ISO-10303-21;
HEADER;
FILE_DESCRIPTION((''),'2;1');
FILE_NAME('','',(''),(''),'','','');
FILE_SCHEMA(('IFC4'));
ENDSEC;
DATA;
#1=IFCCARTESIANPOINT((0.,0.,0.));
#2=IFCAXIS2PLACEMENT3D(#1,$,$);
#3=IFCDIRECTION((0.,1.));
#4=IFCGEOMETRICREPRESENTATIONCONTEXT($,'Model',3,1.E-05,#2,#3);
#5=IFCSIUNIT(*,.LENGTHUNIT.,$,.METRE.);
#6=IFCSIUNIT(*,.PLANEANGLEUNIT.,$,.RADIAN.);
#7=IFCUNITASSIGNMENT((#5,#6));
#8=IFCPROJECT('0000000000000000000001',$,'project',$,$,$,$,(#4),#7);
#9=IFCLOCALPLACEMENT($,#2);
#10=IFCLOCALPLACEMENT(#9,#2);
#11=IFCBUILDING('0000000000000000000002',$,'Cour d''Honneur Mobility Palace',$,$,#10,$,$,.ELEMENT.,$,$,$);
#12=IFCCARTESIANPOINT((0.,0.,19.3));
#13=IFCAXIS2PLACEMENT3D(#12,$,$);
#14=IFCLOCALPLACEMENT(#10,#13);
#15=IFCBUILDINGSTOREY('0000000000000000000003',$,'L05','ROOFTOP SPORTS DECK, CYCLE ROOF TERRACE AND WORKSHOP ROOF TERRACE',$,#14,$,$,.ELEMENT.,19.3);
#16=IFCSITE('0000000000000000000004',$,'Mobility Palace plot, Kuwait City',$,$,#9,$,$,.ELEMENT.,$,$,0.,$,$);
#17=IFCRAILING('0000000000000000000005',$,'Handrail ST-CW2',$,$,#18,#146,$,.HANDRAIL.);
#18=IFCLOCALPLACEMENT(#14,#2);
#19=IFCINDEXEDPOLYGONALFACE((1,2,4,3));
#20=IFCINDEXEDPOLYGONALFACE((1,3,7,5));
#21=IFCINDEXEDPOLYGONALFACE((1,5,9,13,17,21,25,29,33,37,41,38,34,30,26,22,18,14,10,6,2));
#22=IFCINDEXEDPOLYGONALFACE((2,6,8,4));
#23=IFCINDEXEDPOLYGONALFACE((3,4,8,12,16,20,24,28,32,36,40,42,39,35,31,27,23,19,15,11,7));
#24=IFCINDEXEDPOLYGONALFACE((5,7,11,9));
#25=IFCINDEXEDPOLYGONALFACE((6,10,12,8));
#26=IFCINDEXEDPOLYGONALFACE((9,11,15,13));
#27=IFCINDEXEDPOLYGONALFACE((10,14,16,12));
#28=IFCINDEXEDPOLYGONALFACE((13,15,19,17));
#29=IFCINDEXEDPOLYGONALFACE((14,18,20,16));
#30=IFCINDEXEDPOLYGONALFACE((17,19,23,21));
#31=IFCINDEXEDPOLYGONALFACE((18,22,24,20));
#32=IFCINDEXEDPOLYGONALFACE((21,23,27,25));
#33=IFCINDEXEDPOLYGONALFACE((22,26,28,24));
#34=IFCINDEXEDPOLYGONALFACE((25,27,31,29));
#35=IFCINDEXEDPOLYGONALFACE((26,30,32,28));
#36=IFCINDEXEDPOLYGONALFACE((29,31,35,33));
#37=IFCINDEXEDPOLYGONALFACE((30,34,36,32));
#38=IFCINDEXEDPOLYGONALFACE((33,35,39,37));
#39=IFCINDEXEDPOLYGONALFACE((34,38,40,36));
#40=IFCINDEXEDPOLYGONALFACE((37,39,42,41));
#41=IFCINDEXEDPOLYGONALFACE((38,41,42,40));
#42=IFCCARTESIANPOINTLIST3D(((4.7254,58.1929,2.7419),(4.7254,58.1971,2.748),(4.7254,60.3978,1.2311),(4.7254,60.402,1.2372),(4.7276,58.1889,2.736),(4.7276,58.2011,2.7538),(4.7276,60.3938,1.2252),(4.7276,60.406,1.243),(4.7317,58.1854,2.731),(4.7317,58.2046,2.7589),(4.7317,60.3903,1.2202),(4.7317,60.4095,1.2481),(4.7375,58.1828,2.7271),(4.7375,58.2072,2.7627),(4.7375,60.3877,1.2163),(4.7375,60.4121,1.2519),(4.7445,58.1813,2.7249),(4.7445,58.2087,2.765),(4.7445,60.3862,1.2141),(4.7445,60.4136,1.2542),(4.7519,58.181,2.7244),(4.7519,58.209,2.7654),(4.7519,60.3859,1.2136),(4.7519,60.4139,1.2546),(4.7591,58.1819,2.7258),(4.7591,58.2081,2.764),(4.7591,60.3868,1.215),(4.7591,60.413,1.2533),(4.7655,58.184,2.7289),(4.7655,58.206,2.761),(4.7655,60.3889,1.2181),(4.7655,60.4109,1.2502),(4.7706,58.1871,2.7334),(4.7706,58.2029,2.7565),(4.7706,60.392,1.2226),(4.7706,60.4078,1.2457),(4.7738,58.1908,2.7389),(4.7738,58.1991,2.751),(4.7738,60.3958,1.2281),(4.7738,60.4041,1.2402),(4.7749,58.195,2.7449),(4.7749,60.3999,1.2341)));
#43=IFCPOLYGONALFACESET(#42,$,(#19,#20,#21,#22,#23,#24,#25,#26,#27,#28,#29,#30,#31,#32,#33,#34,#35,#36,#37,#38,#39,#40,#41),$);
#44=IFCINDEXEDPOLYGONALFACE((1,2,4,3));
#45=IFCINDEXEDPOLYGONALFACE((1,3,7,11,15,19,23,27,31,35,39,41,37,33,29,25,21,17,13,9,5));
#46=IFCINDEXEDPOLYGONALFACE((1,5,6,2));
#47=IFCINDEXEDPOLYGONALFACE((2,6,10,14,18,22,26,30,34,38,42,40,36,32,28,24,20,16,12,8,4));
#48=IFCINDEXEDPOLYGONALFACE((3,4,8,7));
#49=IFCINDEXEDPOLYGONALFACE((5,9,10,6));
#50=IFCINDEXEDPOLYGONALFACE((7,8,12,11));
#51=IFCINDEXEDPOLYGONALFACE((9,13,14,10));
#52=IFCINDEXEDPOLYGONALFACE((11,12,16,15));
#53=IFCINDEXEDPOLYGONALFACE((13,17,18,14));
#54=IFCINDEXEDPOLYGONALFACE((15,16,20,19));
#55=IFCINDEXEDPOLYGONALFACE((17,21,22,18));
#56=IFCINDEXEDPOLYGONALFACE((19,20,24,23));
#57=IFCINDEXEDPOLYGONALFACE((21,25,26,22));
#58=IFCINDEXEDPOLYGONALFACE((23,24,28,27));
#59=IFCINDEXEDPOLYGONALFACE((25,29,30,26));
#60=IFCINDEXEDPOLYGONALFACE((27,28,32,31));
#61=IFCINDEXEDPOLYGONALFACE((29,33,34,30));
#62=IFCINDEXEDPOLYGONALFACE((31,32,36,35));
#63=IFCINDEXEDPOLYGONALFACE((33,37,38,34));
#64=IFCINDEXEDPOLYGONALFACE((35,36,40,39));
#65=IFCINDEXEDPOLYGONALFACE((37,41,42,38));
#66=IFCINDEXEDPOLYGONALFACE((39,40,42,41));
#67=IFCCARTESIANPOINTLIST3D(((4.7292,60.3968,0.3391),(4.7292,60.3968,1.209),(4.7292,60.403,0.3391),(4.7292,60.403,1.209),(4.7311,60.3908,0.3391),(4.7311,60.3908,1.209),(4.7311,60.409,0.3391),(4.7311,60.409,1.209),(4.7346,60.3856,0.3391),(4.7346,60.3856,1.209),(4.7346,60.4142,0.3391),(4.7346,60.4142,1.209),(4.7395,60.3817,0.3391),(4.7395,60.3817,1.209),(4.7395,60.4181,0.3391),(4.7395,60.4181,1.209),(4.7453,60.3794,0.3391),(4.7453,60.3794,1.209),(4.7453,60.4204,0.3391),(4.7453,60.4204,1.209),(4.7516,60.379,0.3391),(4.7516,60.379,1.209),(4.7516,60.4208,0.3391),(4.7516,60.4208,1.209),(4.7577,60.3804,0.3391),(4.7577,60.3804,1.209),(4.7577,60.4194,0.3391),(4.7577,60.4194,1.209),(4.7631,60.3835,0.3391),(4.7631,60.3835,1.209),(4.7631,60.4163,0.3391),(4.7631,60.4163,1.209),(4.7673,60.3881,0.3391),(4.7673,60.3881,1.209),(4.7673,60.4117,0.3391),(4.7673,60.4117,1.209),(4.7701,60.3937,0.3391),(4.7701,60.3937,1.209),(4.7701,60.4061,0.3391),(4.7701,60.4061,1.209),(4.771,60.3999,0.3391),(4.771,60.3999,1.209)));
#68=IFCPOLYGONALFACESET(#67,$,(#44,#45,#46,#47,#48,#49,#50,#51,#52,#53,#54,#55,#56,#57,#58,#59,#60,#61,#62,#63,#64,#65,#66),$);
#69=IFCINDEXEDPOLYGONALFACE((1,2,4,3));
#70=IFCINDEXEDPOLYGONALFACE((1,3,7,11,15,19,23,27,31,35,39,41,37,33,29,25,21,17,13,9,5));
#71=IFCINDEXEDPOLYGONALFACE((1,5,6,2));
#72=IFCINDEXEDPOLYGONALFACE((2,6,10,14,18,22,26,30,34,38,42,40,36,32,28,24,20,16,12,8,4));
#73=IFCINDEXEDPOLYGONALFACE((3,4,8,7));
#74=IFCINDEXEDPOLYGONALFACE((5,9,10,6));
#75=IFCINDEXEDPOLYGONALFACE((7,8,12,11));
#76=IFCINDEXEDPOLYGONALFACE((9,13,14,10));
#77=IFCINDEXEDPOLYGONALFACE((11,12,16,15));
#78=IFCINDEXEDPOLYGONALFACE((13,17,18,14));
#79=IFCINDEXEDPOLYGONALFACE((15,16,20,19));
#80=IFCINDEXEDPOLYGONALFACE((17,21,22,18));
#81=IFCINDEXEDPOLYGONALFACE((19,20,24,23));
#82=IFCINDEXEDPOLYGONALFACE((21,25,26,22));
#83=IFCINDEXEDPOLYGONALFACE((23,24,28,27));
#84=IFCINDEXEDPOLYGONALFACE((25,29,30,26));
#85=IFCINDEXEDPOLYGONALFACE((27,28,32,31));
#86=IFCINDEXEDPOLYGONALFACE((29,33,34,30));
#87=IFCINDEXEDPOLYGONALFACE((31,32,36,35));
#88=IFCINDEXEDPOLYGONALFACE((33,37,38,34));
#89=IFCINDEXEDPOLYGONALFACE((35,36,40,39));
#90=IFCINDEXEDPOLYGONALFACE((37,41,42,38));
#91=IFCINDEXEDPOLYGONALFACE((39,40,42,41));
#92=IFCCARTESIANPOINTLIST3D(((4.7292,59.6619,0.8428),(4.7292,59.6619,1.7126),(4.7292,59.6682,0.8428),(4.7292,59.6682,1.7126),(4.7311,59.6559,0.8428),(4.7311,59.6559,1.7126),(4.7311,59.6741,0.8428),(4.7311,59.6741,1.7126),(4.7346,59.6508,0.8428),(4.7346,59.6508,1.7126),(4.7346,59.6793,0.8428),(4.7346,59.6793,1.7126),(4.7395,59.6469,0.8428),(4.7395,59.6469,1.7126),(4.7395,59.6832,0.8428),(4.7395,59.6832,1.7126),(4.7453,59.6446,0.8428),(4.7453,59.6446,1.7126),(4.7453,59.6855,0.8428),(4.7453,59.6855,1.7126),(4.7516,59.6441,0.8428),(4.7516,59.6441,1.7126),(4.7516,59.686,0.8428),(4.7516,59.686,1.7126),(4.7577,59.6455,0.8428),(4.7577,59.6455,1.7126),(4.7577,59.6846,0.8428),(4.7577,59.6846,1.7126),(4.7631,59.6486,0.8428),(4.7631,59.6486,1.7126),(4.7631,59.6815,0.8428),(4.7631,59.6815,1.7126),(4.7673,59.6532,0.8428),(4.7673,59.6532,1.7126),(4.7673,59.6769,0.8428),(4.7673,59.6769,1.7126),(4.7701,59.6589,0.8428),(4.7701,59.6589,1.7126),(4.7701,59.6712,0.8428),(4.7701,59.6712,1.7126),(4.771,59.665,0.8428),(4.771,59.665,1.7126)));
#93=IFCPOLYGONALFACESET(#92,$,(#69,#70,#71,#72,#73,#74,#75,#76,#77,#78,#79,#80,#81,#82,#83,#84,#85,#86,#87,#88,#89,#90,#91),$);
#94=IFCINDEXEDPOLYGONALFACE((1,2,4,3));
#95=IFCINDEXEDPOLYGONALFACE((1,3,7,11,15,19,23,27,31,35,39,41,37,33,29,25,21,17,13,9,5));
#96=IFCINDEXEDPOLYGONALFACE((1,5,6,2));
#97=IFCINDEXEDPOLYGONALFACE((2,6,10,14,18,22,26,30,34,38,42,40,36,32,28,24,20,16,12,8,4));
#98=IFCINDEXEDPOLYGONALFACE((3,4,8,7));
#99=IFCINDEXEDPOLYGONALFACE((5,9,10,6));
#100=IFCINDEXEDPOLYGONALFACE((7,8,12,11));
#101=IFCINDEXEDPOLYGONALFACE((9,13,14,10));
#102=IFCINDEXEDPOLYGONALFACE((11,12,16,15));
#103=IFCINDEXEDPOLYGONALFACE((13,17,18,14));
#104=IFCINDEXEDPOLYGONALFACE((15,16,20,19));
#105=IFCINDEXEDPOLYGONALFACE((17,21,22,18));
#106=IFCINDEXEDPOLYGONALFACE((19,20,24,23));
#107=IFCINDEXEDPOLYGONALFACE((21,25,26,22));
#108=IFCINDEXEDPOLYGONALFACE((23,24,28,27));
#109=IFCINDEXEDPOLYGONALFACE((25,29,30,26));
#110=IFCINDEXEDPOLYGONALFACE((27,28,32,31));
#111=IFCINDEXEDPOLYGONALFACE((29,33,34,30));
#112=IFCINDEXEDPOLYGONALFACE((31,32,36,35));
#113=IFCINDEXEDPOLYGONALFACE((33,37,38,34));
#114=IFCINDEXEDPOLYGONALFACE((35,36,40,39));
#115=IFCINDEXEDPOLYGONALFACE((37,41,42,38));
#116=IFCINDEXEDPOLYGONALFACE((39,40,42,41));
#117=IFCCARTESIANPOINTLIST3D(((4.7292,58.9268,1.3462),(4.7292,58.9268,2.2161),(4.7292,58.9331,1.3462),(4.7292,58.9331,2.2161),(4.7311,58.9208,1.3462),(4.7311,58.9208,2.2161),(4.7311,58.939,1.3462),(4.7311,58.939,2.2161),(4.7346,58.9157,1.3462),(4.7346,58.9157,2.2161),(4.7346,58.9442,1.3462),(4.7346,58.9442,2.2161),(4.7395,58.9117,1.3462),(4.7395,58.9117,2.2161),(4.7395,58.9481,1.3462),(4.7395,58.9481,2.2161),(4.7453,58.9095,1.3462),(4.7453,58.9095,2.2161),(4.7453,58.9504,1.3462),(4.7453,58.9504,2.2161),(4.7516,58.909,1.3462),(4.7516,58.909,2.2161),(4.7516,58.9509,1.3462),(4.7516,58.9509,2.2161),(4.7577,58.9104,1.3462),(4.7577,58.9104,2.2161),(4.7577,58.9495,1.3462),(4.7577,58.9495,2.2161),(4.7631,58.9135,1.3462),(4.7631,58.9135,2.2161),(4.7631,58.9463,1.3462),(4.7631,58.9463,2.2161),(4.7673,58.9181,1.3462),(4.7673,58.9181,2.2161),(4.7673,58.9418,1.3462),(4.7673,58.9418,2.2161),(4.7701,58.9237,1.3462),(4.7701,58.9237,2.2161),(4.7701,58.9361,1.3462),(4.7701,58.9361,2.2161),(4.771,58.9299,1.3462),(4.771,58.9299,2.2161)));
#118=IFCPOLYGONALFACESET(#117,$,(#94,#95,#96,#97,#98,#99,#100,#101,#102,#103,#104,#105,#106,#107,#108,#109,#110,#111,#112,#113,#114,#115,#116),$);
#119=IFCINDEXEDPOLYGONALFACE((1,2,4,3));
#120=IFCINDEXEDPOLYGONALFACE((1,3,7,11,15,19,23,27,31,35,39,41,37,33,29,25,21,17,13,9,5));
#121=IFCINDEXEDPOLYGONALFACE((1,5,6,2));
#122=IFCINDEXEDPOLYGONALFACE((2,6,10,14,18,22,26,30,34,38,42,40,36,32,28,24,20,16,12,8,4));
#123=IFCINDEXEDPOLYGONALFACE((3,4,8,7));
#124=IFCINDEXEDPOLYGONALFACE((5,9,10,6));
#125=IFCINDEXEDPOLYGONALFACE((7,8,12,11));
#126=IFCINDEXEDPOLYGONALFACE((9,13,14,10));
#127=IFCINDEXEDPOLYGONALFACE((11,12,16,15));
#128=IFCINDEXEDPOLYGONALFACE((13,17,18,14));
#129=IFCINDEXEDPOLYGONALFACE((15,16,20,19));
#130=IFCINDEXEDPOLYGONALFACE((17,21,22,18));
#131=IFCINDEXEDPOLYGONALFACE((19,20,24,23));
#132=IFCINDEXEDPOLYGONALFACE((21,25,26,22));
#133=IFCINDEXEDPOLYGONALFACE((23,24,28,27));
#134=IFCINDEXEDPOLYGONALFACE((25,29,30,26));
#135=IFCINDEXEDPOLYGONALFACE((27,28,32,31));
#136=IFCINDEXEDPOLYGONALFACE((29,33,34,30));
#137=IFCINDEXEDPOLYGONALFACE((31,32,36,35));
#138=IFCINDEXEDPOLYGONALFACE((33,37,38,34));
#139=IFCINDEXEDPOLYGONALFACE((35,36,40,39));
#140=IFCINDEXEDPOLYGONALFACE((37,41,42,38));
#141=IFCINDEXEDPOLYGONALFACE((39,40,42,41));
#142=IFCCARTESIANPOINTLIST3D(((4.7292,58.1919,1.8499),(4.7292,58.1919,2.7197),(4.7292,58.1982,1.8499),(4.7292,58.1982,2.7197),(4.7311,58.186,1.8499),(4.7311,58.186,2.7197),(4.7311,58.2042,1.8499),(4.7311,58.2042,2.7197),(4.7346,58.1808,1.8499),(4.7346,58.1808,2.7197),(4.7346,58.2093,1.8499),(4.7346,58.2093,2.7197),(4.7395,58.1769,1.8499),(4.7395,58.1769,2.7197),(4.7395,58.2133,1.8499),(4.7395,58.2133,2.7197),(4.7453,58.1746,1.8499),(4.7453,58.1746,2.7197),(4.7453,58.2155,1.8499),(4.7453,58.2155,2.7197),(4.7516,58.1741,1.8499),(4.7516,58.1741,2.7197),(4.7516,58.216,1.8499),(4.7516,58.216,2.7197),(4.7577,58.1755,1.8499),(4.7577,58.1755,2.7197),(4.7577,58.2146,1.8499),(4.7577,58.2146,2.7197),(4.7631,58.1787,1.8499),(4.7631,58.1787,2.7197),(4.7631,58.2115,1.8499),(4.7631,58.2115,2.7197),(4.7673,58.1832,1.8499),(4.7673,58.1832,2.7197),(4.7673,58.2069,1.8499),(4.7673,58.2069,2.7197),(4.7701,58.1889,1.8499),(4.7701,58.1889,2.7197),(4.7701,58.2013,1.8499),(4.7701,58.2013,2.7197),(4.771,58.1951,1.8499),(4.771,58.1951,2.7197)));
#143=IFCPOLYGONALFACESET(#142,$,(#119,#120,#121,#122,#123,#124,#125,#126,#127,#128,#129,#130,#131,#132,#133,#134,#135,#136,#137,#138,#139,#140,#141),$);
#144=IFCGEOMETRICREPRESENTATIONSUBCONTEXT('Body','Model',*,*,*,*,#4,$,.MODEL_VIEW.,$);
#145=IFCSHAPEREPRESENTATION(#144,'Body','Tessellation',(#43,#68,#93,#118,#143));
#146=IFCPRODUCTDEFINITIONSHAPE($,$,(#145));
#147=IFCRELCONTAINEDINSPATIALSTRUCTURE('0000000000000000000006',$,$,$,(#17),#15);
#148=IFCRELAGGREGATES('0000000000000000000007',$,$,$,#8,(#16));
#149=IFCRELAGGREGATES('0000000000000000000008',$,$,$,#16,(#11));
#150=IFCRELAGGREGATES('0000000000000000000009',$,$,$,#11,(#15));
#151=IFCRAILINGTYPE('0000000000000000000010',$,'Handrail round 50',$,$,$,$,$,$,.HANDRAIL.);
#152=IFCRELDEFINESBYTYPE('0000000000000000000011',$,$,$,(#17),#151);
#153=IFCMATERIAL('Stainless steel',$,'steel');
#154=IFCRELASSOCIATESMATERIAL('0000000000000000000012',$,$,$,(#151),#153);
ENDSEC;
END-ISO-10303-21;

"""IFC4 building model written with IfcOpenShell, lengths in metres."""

from ifc_helpers import new_model, si_unit, direction, frame, origin, origin_2d, place, context, subcontext, project, spatial, circle, extrude, material, type_object, element, save


model = new_model("IFC4")

# Units and contexts
model_context = context("Model", 3, precision=1e-05, world=origin(), true_north=direction((0.0, 1.0)))
body_context = subcontext(model_context, "Body", "Model", "MODEL_VIEW")
ifc_project = project(units=[si_unit("LENGTHUNIT", "METRE"), si_unit("PLANEANGLEUNIT", "RADIAN")], contexts=[model_context])

# Site, building, storey
site_placement = place(None, origin())
site = spatial("IfcSite", under=ifc_project, at=site_placement, Name="Mobility Palace plot, Kuwait City", CompositionType="ELEMENT", RefElevation=0.0)
building_placement = place(site_placement, origin())
building = spatial("IfcBuilding", under=site, at=building_placement, Name="Cour d'Honneur Mobility Palace", CompositionType="ELEMENT")
storey_placement = place(building_placement, frame((0.0, 0.0, 19.3)))
storey = spatial("IfcBuildingStorey", under=building, at=storey_placement, Name="L05", Description="ROOFTOP SPORTS DECK, CYCLE ROOF TERRACE AND WORKSHOP ROOF TERRACE", CompositionType="ELEMENT", Elevation=19.3)

# Railing
ifc_material_1 = material(Name="Stainless steel", Category="steel")
railing_type_1 = type_object("IfcRailingType", Name="Handrail round 50", PredefinedType="HANDRAIL", material=ifc_material_1)
railing_1_placement = place(storey_placement, frame((4.75, 60.3999, 0.3391)))
element("IfcRailing", 1, at=railing_1_placement, inside=storey, type_object=railing_type_1, Name="Handrail ST-CW2", PredefinedType="HANDRAIL", context=body_context, shape_type="SweptSolid", body=[
    extrude(circle(Radius=0.0249, at=origin_2d()), frame((0.0, 0.0, 0.895), z_axis=(0.0, -0.824928, 0.565237), x_axis=(1.0, 0.0, 0.0)), (0.0, 0.0, 1.0), 2.6729),
    extrude(circle(Radius=0.021, at=origin_2d()), origin(), (0.0, 0.0, 1.0), 0.8699),
    extrude(circle(Radius=0.021, at=origin_2d()), frame((0.0, -0.7349, 0.5037)), (0.0, 0.0, 1.0), 0.8699),
    extrude(circle(Radius=0.021, at=origin_2d()), frame((0.0, -1.47, 1.0071)), (0.0, 0.0, 1.0), 0.8699),
    extrude(circle(Radius=0.021, at=origin_2d()), frame((0.0, -2.2048, 1.5107)), (0.0, 0.0, 1.0), 0.8699),
])

save(model, "model.ifc")
